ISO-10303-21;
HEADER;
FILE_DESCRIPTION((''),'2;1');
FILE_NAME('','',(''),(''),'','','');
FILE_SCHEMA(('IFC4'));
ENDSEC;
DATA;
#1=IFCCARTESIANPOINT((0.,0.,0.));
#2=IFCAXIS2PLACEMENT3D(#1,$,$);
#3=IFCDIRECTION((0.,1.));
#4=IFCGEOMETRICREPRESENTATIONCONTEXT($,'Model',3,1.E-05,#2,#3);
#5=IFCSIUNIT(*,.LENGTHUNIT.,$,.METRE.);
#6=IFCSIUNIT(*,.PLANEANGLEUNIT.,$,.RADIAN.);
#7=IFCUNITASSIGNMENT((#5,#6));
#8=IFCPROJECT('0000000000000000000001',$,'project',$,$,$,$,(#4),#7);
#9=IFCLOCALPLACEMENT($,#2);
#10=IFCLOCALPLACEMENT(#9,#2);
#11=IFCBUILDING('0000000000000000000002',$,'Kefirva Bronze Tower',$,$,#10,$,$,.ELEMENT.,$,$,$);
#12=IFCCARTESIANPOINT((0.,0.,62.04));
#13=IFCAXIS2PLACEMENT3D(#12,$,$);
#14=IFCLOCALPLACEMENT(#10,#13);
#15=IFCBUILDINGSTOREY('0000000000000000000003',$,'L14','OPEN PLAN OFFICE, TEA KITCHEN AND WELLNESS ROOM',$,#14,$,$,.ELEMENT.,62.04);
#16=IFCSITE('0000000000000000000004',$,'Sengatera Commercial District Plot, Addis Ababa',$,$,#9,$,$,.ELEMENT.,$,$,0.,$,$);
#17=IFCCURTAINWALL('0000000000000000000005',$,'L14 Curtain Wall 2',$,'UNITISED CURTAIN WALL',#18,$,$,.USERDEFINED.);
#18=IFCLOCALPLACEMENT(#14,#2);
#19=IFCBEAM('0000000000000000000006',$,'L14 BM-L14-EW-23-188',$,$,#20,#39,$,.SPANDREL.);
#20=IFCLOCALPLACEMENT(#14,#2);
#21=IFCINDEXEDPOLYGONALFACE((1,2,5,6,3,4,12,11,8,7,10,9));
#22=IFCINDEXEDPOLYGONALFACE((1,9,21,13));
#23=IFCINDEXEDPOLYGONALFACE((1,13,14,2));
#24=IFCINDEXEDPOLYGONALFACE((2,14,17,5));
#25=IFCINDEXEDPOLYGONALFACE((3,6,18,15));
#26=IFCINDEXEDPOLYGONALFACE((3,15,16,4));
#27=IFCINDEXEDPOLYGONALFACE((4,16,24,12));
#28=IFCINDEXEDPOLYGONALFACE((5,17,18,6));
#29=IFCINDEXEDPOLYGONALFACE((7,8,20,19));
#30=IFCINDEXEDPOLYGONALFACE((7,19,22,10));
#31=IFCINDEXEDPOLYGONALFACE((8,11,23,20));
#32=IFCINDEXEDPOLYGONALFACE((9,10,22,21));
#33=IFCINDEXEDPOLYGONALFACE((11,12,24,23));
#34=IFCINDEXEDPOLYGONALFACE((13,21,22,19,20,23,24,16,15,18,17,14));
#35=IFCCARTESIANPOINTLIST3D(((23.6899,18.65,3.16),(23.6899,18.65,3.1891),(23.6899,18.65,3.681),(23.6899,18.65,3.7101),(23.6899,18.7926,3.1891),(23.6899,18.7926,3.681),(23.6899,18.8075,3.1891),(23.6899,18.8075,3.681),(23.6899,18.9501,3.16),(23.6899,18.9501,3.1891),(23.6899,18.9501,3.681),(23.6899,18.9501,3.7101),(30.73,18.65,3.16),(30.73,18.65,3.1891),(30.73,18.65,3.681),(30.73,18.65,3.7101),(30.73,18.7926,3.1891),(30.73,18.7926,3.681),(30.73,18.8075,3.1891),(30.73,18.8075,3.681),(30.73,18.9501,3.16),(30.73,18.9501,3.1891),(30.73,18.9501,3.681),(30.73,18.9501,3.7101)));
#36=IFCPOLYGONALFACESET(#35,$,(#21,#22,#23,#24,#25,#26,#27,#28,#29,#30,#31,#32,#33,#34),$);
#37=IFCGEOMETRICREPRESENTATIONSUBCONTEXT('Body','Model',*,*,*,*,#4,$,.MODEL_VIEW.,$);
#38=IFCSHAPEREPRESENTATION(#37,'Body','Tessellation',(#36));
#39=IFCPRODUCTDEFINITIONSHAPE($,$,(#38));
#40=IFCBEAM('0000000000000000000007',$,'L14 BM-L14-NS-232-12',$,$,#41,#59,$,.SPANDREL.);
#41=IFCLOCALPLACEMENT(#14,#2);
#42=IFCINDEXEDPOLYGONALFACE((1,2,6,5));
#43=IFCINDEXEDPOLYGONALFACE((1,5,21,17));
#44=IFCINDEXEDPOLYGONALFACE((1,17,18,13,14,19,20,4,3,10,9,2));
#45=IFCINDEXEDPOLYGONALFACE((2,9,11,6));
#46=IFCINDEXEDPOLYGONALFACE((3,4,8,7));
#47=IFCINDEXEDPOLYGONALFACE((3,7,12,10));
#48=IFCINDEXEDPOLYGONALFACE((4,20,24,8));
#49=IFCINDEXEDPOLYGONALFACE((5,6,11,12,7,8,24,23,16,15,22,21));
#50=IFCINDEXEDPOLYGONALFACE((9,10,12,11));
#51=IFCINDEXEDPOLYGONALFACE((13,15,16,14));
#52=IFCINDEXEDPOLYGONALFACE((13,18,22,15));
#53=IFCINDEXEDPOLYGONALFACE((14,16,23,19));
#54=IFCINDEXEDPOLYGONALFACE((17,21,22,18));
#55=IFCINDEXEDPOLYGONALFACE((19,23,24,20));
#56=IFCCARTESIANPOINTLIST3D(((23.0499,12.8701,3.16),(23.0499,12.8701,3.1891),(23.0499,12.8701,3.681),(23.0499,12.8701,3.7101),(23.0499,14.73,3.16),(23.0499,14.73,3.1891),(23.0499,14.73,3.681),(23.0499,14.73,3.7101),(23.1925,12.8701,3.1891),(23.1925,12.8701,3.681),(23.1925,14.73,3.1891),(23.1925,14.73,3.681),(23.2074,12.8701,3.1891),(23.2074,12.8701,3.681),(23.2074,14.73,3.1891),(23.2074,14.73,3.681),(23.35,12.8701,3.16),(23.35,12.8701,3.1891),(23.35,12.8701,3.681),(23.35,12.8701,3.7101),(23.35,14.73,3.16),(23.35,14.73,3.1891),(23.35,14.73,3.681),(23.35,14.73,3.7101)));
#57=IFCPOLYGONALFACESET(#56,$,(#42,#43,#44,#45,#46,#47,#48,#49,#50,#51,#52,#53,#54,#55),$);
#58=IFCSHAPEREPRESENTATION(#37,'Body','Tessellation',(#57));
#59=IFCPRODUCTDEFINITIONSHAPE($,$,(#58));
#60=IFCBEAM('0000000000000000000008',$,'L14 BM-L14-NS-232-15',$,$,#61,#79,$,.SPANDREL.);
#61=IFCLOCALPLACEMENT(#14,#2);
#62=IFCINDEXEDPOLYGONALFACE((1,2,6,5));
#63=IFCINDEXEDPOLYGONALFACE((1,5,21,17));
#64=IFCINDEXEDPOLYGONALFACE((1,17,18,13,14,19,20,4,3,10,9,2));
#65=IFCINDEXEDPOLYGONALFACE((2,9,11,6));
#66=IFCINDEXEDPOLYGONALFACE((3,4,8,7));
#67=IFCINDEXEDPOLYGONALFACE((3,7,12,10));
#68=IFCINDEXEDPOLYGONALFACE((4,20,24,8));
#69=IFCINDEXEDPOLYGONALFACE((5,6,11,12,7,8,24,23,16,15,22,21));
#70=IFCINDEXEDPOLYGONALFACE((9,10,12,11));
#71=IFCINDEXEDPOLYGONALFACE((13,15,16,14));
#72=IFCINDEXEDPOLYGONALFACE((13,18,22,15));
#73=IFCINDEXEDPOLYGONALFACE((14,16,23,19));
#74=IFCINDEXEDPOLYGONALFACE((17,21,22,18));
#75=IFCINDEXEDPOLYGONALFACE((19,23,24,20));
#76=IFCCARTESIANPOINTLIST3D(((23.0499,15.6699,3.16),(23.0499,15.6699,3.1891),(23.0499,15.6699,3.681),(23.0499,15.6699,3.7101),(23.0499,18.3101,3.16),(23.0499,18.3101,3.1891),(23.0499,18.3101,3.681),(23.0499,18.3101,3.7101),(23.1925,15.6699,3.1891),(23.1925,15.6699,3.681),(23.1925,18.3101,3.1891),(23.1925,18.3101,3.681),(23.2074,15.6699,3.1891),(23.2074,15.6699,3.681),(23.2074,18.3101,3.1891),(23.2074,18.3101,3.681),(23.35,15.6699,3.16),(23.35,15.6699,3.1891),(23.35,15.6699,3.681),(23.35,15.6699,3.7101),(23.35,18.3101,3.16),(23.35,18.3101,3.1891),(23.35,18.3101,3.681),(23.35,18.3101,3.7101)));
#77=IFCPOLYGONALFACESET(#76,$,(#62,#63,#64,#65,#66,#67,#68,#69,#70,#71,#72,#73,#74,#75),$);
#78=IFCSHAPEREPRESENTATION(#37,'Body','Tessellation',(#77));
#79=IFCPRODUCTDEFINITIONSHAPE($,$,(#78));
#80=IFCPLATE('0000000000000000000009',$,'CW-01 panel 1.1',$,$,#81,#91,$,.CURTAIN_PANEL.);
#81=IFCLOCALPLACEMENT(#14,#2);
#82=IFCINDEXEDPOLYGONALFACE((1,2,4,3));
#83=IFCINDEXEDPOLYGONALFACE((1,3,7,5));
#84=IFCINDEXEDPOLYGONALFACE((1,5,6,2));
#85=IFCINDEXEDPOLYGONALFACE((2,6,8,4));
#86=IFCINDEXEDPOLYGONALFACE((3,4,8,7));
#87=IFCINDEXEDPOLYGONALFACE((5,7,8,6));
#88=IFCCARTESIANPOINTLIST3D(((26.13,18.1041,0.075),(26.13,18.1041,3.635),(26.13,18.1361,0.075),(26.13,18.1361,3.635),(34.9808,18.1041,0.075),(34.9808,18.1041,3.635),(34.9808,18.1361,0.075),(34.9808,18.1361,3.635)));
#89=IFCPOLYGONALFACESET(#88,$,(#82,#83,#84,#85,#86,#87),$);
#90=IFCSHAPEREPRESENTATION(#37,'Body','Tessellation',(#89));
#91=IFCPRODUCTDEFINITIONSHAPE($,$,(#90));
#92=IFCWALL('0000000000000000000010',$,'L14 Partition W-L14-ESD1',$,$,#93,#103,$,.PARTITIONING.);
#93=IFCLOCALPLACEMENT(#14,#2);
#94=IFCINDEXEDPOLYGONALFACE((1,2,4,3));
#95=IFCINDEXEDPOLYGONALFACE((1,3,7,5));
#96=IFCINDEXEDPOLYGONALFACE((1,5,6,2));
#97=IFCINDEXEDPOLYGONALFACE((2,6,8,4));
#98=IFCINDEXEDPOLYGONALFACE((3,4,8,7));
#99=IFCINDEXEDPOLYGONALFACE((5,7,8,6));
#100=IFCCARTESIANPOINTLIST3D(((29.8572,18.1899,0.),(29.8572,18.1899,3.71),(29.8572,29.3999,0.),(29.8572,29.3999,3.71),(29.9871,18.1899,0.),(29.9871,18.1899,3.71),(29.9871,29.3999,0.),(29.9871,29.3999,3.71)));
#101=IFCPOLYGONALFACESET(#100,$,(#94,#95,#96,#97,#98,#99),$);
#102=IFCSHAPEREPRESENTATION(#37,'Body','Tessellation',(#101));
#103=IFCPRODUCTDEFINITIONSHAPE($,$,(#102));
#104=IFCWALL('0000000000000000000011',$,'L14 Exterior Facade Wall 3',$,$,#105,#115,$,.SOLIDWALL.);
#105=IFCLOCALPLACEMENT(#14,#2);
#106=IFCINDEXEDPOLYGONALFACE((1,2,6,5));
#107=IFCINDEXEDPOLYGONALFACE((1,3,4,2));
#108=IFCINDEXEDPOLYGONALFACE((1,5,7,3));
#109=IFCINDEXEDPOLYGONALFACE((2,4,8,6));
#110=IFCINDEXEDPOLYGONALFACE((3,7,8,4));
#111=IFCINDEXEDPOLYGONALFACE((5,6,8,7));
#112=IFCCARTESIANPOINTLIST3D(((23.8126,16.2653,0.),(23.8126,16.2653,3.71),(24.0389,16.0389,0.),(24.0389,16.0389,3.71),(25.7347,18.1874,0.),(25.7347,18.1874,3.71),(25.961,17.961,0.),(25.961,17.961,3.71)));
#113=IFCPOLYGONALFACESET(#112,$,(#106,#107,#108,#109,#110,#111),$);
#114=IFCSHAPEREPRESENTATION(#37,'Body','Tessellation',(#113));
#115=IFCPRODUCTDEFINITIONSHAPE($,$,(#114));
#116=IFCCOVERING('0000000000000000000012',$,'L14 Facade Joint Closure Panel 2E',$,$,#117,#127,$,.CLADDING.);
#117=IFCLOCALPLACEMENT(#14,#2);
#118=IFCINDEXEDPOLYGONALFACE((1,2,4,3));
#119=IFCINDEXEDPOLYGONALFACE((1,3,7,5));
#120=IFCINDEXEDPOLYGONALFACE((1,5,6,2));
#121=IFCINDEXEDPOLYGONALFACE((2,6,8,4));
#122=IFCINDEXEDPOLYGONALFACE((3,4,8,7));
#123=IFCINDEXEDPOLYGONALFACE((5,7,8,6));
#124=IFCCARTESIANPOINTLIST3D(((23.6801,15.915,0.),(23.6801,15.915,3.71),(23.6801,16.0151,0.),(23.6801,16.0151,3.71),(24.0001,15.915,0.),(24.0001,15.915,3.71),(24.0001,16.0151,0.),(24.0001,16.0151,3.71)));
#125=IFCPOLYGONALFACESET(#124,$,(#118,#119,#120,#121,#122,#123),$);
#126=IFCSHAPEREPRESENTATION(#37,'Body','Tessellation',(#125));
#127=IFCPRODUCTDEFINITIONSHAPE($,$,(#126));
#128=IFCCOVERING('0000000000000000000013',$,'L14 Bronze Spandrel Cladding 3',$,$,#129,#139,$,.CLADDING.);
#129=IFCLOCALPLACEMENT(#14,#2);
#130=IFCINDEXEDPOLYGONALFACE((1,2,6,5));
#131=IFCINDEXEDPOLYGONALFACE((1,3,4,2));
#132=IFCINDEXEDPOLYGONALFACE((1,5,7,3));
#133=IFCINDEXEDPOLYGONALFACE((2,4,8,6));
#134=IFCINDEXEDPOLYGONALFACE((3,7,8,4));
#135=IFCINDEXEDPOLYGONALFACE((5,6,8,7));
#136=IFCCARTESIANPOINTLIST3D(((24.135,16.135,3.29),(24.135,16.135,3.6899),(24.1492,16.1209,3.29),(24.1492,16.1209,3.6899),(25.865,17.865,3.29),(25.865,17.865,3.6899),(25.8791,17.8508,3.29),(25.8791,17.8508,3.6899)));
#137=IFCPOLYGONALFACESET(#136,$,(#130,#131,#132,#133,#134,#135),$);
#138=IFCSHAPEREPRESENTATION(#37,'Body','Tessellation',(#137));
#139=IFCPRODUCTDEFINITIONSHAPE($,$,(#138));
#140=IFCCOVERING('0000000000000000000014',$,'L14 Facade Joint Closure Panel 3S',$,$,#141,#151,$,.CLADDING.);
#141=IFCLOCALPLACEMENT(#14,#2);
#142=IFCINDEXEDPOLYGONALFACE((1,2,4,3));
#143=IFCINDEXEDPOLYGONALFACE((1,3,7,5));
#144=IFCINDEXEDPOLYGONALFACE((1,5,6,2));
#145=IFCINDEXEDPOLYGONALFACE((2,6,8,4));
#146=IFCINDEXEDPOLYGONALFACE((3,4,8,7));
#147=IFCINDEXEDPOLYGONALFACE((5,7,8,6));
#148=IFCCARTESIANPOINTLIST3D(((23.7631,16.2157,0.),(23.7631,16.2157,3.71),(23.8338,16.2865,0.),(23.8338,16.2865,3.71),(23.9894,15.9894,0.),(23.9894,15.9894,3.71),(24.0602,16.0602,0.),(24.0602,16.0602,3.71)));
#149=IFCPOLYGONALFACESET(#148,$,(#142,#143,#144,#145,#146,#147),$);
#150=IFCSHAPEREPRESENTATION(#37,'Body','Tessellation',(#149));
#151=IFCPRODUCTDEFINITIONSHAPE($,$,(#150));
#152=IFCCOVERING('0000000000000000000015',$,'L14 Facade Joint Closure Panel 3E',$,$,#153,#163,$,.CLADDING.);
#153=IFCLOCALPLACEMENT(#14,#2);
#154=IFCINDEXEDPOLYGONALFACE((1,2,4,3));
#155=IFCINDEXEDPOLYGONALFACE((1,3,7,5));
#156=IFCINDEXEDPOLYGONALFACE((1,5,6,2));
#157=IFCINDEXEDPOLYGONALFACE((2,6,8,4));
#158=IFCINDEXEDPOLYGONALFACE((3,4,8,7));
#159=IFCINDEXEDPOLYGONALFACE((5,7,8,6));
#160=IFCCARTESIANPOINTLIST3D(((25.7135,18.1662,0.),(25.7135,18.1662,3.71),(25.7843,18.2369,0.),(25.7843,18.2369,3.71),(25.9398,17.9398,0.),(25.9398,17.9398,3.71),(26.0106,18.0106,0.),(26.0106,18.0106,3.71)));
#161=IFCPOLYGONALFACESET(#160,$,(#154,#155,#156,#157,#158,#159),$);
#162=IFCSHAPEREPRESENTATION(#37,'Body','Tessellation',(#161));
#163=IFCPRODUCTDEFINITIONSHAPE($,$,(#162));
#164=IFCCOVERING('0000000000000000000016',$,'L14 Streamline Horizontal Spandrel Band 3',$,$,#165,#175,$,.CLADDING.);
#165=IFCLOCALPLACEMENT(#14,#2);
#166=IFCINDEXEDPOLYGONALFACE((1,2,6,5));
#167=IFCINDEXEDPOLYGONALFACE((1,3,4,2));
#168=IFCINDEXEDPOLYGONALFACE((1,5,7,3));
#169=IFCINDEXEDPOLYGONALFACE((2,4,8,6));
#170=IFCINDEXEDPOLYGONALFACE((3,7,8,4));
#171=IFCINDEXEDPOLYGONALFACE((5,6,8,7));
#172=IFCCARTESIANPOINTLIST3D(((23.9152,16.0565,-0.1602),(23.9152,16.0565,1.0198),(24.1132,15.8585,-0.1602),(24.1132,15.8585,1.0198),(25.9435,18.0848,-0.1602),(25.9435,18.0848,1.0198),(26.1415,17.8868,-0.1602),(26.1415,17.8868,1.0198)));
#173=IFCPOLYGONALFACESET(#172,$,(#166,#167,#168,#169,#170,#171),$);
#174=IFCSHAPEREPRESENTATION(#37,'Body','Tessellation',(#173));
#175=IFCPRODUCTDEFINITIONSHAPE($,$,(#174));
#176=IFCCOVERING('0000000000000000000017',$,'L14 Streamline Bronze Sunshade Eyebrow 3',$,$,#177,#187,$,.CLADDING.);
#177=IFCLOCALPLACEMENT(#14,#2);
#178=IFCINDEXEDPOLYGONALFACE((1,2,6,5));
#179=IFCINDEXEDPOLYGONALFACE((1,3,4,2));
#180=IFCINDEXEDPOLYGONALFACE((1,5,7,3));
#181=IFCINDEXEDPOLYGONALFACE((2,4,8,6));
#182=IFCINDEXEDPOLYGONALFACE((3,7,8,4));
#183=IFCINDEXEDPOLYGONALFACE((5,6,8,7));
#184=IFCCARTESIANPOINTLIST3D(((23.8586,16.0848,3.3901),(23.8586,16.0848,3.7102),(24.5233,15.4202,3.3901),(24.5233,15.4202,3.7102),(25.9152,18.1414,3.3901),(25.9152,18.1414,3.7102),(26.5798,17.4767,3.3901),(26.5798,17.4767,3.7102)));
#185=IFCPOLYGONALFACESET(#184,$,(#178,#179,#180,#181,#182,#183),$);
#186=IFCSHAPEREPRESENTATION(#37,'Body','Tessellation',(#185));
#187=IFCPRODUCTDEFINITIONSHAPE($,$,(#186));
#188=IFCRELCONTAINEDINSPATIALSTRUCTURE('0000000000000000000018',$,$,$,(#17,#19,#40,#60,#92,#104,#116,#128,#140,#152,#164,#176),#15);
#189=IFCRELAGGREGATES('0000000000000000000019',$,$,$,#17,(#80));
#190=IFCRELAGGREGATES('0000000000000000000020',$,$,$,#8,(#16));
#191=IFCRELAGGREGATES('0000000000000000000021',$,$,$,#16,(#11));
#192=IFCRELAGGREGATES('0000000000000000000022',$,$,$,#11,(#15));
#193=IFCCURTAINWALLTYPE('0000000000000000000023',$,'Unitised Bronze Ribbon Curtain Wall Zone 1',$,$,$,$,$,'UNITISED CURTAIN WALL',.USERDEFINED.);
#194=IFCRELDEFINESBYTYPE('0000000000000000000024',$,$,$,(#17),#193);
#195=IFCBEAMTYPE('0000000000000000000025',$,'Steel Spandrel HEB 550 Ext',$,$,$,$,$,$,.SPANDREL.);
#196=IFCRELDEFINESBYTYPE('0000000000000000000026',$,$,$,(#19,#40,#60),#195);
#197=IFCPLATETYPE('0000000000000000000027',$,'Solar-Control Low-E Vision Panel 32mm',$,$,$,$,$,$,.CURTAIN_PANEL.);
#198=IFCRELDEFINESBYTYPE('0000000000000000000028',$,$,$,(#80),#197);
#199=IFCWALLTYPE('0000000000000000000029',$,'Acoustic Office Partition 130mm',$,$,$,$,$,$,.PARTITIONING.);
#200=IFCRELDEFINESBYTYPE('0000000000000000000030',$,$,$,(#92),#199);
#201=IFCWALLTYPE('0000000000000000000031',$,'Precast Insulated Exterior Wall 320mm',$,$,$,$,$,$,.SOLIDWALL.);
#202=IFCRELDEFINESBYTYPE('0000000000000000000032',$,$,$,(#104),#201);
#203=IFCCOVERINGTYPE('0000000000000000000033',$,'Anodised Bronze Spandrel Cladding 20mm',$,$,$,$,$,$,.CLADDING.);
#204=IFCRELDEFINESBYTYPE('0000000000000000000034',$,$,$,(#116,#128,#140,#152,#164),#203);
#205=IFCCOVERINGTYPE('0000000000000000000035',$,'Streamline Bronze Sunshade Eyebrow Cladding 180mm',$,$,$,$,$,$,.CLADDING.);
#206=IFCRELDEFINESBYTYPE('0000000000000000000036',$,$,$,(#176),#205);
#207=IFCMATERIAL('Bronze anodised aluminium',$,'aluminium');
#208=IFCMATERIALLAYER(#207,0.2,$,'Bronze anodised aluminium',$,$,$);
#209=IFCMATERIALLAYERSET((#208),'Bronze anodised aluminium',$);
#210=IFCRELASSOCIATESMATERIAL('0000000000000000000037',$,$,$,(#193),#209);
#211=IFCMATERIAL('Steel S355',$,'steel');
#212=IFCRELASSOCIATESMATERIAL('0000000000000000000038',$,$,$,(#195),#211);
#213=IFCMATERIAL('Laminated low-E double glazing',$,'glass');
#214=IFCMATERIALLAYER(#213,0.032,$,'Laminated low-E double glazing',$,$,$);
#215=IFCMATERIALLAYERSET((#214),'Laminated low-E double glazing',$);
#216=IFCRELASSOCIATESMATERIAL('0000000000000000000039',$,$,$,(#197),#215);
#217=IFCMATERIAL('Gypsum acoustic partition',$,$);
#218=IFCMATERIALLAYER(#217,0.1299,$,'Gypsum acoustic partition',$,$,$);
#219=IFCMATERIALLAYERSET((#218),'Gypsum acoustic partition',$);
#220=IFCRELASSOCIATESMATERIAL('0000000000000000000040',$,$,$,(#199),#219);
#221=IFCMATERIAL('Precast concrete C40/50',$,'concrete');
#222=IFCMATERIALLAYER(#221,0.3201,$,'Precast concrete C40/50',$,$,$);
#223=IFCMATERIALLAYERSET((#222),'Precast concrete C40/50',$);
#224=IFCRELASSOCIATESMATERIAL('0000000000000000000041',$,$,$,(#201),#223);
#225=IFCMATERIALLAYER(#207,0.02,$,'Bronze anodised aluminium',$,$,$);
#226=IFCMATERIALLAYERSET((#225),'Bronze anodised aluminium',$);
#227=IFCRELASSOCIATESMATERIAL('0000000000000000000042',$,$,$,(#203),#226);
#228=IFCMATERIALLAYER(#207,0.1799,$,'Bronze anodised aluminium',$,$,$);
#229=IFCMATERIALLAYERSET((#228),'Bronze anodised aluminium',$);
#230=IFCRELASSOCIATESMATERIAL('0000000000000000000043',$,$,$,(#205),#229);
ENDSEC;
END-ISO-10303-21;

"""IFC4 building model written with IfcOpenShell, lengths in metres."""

from ifc_helpers import new_model, si_unit, direction, frame, frame_2d, origin, origin_2d, place, context, subcontext, project, spatial, rectangle, i_section, extrude, material, layer, layer_set, material_profile, profile_set, type_object, element, aggregate, save


model = new_model("IFC4")

# Units and contexts
model_context = context("Model", 3, precision=1e-05, world=origin(), true_north=direction((0.0, 1.0)))
body_context = subcontext(model_context, "Body", "Model", "MODEL_VIEW")
ifc_project = project(units=[si_unit("LENGTHUNIT", "METRE"), si_unit("PLANEANGLEUNIT", "RADIAN")], contexts=[model_context])

# Site, building, storey
site_placement = place(None, origin())
site = spatial("IfcSite", under=ifc_project, at=site_placement, Name="Sengatera Commercial District Plot, Addis Ababa", CompositionType="ELEMENT", RefElevation=0.0)
building_placement = place(site_placement, origin())
building = spatial("IfcBuilding", under=site, at=building_placement, Name="Kefirva Bronze Tower", CompositionType="ELEMENT")
storey_placement = place(building_placement, frame((0.0, 0.0, 62.04)))
storey = spatial("IfcBuildingStorey", under=building, at=storey_placement, Name="L14", Description="OPEN PLAN OFFICE, TEA KITCHEN AND WELLNESS ROOM", CompositionType="ELEMENT", Elevation=62.04)

# Curtain wall
ifc_material_1 = material(Name="Bronze anodised aluminium", Category="aluminium")
ifc_layer_1 = layer(ifc_material_1, 0.2, Name="Bronze anodised aluminium")
ifc_layer_set_1 = layer_set([ifc_layer_1], Name="Bronze anodised aluminium")
curtain_wall_type = type_object("IfcCurtainWallType", Name="Unitised Bronze Ribbon Curtain Wall Zone 1", ElementType="UNITISED CURTAIN WALL", PredefinedType="USERDEFINED", material=ifc_layer_set_1)
curtain_wall_placement = place(storey_placement, origin())
curtain_wall = element("IfcCurtainWall", 1, at=curtain_wall_placement, inside=storey, type_object=curtain_wall_type, Name="L14 Curtain Wall 2", ObjectType="UNITISED CURTAIN WALL", PredefinedType="USERDEFINED")

# Beams
ifc_material_2 = material(Name="Steel S355", Category="steel")
ifc_material_profile_1 = material_profile(ifc_material_2, i_section(OverallWidth=0.3, OverallDepth=0.55, WebThickness=0.0149, FlangeThickness=0.0291, at=origin_2d()), Name="HEB 550")
ifc_profile_set_1 = profile_set([ifc_material_profile_1], Name="Steel S355")
beam_type_1 = type_object("IfcBeamType", Name="Steel Spandrel HEB 550 Ext", PredefinedType="SPANDREL", material=ifc_profile_set_1)
beam_1_placement = place(storey_placement, frame((23.6899, 18.8, 3.4351), z_axis=(1.0, 0.0, 0.0), x_axis=(0.0, 1.0, 0.0)))
element("IfcBeam", 2, at=beam_1_placement, inside=storey, type_object=beam_type_1, Name="L14 BM-L14-EW-23-188", PredefinedType="SPANDREL", context=body_context, shape_type="SweptSolid", body=[
    extrude(i_section(OverallWidth=0.3, OverallDepth=0.55, WebThickness=0.0149, FlangeThickness=0.0291, at=origin_2d()), origin(), (0.0, 0.0, 1.0), 7.04),
])
beam_2_placement = place(storey_placement, frame((23.2, 12.8701, 3.4351), z_axis=(0.0, 1.0, 0.0), x_axis=(-1.0, 0.0, 0.0)))
element("IfcBeam", 3, at=beam_2_placement, inside=storey, type_object=beam_type_1, Name="L14 BM-L14-NS-232-12", PredefinedType="SPANDREL", context=body_context, shape_type="SweptSolid", body=[
    extrude(i_section(OverallWidth=0.3, OverallDepth=0.55, WebThickness=0.0149, FlangeThickness=0.0291, at=origin_2d()), origin(), (0.0, 0.0, 1.0), 1.8599),
])
beam_3_placement = place(storey_placement, frame((23.2, 15.6699, 3.4351), z_axis=(0.0, 1.0, 0.0), x_axis=(-1.0, 0.0, 0.0)))
element("IfcBeam", 4, at=beam_3_placement, inside=storey, type_object=beam_type_1, Name="L14 BM-L14-NS-232-15", PredefinedType="SPANDREL", context=body_context, shape_type="SweptSolid", body=[
    extrude(i_section(OverallWidth=0.3, OverallDepth=0.55, WebThickness=0.0149, FlangeThickness=0.0291, at=origin_2d()), origin(), (0.0, 0.0, 1.0), 2.6401),
])

# Plate
ifc_material_3 = material(Name="Laminated low-E double glazing", Category="glass")
ifc_layer_2 = layer(ifc_material_3, 0.032, Name="Laminated low-E double glazing")
ifc_layer_set_2 = layer_set([ifc_layer_2], Name="Laminated low-E double glazing")
plate_type = type_object("IfcPlateType", Name="Solar-Control Low-E Vision Panel 32mm", PredefinedType="CURTAIN_PANEL", material=ifc_layer_set_2)
plate_placement = place(storey_placement, frame((30.5554, 18.1201, 0.075), z_axis=(0.0, 0.0, 1.0), x_axis=(1.0, 0.0, 0.0)))
plate = element("IfcPlate", 5, at=plate_placement, type_object=plate_type, Name="CW-01 panel 1.1", PredefinedType="CURTAIN_PANEL", context=body_context, shape_type="SweptSolid", body=[
    extrude(rectangle(XDim=8.8508, YDim=0.032, at=origin_2d()), origin(), (0.0, 0.0, 1.0), 3.5601),
])
aggregate(curtain_wall, [plate])

# Walls
ifc_material_4 = material(Name="Gypsum acoustic partition")
ifc_layer_3 = layer(ifc_material_4, 0.1299, Name="Gypsum acoustic partition")
ifc_layer_set_3 = layer_set([ifc_layer_3], Name="Gypsum acoustic partition")
wall_type_1 = type_object("IfcWallType", Name="Acoustic Office Partition 130mm", PredefinedType="PARTITIONING", material=ifc_layer_set_3)
wall_1_placement = place(storey_placement, frame((29.9221, 18.1899, 0.0), z_axis=(0.0, 0.0, 1.0), x_axis=(0.0, 1.0, 0.0)))
element("IfcWall", 6, at=wall_1_placement, inside=storey, type_object=wall_type_1, Name="L14 Partition W-L14-ESD1", PredefinedType="PARTITIONING", context=body_context, shape_type="SweptSolid", body=[
    extrude(rectangle(XDim=11.21, YDim=0.1299, at=frame_2d((5.605, 0.0))), origin(), (0.0, 0.0, 1.0), 3.71),
])
ifc_material_5 = material(Name="Precast concrete C40/50", Category="concrete")
ifc_layer_4 = layer(ifc_material_5, 0.3201, Name="Precast concrete C40/50")
ifc_layer_set_4 = layer_set([ifc_layer_4], Name="Precast concrete C40/50")
wall_type_2 = type_object("IfcWallType", Name="Precast Insulated Exterior Wall 320mm", PredefinedType="SOLIDWALL", material=ifc_layer_set_4)
wall_2_placement = place(storey_placement, frame((23.9258, 16.1521, 0.0), z_axis=(0.0, 0.0, 1.0), x_axis=(0.707107, 0.707107, 0.0)))
element("IfcWall", 7, at=wall_2_placement, inside=storey, type_object=wall_type_2, Name="L14 Exterior Facade Wall 3", PredefinedType="SOLIDWALL", context=body_context, shape_type="SweptSolid", body=[
    extrude(rectangle(XDim=2.7183, YDim=0.3201, at=frame_2d((1.3591, 0.0))), origin(), (0.0, 0.0, 1.0), 3.71),
])

# Coverings
ifc_layer_5 = layer(ifc_material_1, 0.02, Name="Bronze anodised aluminium")
ifc_layer_set_5 = layer_set([ifc_layer_5], Name="Bronze anodised aluminium")
covering_type_1 = type_object("IfcCoveringType", Name="Anodised Bronze Spandrel Cladding 20mm", PredefinedType="CLADDING", material=ifc_layer_set_5)
covering_1_placement = place(storey_placement, frame((23.8401, 15.9651, 0.0), z_axis=(0.0, 0.0, 1.0), x_axis=(0.0, 1.0, 0.0)))
element("IfcCovering", 8, at=covering_1_placement, inside=storey, type_object=covering_type_1, Name="L14 Facade Joint Closure Panel 2E", PredefinedType="CLADDING", context=body_context, shape_type="SweptSolid", body=[
    extrude(rectangle(XDim=0.1001, YDim=0.3201, at=origin_2d()), origin(), (0.0, 0.0, 1.0), 3.71),
])
covering_2_placement = place(storey_placement, frame((25.0071, 16.9929, 3.29), z_axis=(0.0, 0.0, 1.0), x_axis=(0.707107, 0.707107, 0.0)))
element("IfcCovering", 9, at=covering_2_placement, inside=storey, type_object=covering_type_1, Name="L14 Bronze Spandrel Cladding 3", PredefinedType="CLADDING", context=body_context, shape_type="SweptSolid", body=[
    extrude(rectangle(XDim=2.4465, YDim=0.02, at=origin_2d()), origin(), (0.0, 0.0, 1.0), 0.3999),
])
for number, where, z_axis, x_axis, name in (
    (10, (23.9116, 16.1379, 0.0), (0.0, 0.0, 1.0), (0.707107, 0.707107, 0.0), "L14 Facade Joint Closure Panel 3S"),
    (11, (25.8621, 18.0884, 0.0), (0.0, 0.0, 1.0), (0.707107, 0.707107, 0.0), "L14 Facade Joint Closure Panel 3E"),
):
    element("IfcCovering", number, at=place(storey_placement, frame(where, z_axis=z_axis, x_axis=x_axis)), inside=storey, type_object=covering_type_1, Name=name, PredefinedType="CLADDING", context=body_context, shape_type="SweptSolid", body=[
        extrude(rectangle(XDim=0.1001, YDim=0.3201, at=origin_2d()), origin(), (0.0, 0.0, 1.0), 3.71),
    ])
covering_3_placement = place(storey_placement, frame((25.0283, 16.9717, -0.1602), z_axis=(0.0, 0.0, 1.0), x_axis=(0.707107, 0.707107, 0.0)))
element("IfcCovering", 12, at=covering_3_placement, inside=storey, type_object=covering_type_1, Name="L14 Streamline Horizontal Spandrel Band 3", PredefinedType="CLADDING", context=body_context, shape_type="SweptSolid", body=[
    extrude(rectangle(XDim=2.8684, YDim=0.28, at=origin_2d()), origin(), (0.0, 0.0, 1.0), 1.1799),
])
ifc_layer_6 = layer(ifc_material_1, 0.1799, Name="Bronze anodised aluminium")
ifc_layer_set_6 = layer_set([ifc_layer_6], Name="Bronze anodised aluminium")
covering_type_2 = type_object("IfcCoveringType", Name="Streamline Bronze Sunshade Eyebrow Cladding 180mm", PredefinedType="CLADDING", material=ifc_layer_set_6)
covering_4_placement = place(storey_placement, frame((25.2192, 16.7808, 3.3901), z_axis=(0.0, 0.0, 1.0), x_axis=(0.707107, 0.707107, 0.0)))
element("IfcCovering", 13, at=covering_4_placement, inside=storey, type_object=covering_type_2, Name="L14 Streamline Bronze Sunshade Eyebrow 3", PredefinedType="CLADDING", context=body_context, shape_type="SweptSolid", body=[
    extrude(rectangle(XDim=2.9084, YDim=0.9399, at=origin_2d()), origin(), (0.0, 0.0, 1.0), 0.3201),
])

save(model, "model.ifc")
